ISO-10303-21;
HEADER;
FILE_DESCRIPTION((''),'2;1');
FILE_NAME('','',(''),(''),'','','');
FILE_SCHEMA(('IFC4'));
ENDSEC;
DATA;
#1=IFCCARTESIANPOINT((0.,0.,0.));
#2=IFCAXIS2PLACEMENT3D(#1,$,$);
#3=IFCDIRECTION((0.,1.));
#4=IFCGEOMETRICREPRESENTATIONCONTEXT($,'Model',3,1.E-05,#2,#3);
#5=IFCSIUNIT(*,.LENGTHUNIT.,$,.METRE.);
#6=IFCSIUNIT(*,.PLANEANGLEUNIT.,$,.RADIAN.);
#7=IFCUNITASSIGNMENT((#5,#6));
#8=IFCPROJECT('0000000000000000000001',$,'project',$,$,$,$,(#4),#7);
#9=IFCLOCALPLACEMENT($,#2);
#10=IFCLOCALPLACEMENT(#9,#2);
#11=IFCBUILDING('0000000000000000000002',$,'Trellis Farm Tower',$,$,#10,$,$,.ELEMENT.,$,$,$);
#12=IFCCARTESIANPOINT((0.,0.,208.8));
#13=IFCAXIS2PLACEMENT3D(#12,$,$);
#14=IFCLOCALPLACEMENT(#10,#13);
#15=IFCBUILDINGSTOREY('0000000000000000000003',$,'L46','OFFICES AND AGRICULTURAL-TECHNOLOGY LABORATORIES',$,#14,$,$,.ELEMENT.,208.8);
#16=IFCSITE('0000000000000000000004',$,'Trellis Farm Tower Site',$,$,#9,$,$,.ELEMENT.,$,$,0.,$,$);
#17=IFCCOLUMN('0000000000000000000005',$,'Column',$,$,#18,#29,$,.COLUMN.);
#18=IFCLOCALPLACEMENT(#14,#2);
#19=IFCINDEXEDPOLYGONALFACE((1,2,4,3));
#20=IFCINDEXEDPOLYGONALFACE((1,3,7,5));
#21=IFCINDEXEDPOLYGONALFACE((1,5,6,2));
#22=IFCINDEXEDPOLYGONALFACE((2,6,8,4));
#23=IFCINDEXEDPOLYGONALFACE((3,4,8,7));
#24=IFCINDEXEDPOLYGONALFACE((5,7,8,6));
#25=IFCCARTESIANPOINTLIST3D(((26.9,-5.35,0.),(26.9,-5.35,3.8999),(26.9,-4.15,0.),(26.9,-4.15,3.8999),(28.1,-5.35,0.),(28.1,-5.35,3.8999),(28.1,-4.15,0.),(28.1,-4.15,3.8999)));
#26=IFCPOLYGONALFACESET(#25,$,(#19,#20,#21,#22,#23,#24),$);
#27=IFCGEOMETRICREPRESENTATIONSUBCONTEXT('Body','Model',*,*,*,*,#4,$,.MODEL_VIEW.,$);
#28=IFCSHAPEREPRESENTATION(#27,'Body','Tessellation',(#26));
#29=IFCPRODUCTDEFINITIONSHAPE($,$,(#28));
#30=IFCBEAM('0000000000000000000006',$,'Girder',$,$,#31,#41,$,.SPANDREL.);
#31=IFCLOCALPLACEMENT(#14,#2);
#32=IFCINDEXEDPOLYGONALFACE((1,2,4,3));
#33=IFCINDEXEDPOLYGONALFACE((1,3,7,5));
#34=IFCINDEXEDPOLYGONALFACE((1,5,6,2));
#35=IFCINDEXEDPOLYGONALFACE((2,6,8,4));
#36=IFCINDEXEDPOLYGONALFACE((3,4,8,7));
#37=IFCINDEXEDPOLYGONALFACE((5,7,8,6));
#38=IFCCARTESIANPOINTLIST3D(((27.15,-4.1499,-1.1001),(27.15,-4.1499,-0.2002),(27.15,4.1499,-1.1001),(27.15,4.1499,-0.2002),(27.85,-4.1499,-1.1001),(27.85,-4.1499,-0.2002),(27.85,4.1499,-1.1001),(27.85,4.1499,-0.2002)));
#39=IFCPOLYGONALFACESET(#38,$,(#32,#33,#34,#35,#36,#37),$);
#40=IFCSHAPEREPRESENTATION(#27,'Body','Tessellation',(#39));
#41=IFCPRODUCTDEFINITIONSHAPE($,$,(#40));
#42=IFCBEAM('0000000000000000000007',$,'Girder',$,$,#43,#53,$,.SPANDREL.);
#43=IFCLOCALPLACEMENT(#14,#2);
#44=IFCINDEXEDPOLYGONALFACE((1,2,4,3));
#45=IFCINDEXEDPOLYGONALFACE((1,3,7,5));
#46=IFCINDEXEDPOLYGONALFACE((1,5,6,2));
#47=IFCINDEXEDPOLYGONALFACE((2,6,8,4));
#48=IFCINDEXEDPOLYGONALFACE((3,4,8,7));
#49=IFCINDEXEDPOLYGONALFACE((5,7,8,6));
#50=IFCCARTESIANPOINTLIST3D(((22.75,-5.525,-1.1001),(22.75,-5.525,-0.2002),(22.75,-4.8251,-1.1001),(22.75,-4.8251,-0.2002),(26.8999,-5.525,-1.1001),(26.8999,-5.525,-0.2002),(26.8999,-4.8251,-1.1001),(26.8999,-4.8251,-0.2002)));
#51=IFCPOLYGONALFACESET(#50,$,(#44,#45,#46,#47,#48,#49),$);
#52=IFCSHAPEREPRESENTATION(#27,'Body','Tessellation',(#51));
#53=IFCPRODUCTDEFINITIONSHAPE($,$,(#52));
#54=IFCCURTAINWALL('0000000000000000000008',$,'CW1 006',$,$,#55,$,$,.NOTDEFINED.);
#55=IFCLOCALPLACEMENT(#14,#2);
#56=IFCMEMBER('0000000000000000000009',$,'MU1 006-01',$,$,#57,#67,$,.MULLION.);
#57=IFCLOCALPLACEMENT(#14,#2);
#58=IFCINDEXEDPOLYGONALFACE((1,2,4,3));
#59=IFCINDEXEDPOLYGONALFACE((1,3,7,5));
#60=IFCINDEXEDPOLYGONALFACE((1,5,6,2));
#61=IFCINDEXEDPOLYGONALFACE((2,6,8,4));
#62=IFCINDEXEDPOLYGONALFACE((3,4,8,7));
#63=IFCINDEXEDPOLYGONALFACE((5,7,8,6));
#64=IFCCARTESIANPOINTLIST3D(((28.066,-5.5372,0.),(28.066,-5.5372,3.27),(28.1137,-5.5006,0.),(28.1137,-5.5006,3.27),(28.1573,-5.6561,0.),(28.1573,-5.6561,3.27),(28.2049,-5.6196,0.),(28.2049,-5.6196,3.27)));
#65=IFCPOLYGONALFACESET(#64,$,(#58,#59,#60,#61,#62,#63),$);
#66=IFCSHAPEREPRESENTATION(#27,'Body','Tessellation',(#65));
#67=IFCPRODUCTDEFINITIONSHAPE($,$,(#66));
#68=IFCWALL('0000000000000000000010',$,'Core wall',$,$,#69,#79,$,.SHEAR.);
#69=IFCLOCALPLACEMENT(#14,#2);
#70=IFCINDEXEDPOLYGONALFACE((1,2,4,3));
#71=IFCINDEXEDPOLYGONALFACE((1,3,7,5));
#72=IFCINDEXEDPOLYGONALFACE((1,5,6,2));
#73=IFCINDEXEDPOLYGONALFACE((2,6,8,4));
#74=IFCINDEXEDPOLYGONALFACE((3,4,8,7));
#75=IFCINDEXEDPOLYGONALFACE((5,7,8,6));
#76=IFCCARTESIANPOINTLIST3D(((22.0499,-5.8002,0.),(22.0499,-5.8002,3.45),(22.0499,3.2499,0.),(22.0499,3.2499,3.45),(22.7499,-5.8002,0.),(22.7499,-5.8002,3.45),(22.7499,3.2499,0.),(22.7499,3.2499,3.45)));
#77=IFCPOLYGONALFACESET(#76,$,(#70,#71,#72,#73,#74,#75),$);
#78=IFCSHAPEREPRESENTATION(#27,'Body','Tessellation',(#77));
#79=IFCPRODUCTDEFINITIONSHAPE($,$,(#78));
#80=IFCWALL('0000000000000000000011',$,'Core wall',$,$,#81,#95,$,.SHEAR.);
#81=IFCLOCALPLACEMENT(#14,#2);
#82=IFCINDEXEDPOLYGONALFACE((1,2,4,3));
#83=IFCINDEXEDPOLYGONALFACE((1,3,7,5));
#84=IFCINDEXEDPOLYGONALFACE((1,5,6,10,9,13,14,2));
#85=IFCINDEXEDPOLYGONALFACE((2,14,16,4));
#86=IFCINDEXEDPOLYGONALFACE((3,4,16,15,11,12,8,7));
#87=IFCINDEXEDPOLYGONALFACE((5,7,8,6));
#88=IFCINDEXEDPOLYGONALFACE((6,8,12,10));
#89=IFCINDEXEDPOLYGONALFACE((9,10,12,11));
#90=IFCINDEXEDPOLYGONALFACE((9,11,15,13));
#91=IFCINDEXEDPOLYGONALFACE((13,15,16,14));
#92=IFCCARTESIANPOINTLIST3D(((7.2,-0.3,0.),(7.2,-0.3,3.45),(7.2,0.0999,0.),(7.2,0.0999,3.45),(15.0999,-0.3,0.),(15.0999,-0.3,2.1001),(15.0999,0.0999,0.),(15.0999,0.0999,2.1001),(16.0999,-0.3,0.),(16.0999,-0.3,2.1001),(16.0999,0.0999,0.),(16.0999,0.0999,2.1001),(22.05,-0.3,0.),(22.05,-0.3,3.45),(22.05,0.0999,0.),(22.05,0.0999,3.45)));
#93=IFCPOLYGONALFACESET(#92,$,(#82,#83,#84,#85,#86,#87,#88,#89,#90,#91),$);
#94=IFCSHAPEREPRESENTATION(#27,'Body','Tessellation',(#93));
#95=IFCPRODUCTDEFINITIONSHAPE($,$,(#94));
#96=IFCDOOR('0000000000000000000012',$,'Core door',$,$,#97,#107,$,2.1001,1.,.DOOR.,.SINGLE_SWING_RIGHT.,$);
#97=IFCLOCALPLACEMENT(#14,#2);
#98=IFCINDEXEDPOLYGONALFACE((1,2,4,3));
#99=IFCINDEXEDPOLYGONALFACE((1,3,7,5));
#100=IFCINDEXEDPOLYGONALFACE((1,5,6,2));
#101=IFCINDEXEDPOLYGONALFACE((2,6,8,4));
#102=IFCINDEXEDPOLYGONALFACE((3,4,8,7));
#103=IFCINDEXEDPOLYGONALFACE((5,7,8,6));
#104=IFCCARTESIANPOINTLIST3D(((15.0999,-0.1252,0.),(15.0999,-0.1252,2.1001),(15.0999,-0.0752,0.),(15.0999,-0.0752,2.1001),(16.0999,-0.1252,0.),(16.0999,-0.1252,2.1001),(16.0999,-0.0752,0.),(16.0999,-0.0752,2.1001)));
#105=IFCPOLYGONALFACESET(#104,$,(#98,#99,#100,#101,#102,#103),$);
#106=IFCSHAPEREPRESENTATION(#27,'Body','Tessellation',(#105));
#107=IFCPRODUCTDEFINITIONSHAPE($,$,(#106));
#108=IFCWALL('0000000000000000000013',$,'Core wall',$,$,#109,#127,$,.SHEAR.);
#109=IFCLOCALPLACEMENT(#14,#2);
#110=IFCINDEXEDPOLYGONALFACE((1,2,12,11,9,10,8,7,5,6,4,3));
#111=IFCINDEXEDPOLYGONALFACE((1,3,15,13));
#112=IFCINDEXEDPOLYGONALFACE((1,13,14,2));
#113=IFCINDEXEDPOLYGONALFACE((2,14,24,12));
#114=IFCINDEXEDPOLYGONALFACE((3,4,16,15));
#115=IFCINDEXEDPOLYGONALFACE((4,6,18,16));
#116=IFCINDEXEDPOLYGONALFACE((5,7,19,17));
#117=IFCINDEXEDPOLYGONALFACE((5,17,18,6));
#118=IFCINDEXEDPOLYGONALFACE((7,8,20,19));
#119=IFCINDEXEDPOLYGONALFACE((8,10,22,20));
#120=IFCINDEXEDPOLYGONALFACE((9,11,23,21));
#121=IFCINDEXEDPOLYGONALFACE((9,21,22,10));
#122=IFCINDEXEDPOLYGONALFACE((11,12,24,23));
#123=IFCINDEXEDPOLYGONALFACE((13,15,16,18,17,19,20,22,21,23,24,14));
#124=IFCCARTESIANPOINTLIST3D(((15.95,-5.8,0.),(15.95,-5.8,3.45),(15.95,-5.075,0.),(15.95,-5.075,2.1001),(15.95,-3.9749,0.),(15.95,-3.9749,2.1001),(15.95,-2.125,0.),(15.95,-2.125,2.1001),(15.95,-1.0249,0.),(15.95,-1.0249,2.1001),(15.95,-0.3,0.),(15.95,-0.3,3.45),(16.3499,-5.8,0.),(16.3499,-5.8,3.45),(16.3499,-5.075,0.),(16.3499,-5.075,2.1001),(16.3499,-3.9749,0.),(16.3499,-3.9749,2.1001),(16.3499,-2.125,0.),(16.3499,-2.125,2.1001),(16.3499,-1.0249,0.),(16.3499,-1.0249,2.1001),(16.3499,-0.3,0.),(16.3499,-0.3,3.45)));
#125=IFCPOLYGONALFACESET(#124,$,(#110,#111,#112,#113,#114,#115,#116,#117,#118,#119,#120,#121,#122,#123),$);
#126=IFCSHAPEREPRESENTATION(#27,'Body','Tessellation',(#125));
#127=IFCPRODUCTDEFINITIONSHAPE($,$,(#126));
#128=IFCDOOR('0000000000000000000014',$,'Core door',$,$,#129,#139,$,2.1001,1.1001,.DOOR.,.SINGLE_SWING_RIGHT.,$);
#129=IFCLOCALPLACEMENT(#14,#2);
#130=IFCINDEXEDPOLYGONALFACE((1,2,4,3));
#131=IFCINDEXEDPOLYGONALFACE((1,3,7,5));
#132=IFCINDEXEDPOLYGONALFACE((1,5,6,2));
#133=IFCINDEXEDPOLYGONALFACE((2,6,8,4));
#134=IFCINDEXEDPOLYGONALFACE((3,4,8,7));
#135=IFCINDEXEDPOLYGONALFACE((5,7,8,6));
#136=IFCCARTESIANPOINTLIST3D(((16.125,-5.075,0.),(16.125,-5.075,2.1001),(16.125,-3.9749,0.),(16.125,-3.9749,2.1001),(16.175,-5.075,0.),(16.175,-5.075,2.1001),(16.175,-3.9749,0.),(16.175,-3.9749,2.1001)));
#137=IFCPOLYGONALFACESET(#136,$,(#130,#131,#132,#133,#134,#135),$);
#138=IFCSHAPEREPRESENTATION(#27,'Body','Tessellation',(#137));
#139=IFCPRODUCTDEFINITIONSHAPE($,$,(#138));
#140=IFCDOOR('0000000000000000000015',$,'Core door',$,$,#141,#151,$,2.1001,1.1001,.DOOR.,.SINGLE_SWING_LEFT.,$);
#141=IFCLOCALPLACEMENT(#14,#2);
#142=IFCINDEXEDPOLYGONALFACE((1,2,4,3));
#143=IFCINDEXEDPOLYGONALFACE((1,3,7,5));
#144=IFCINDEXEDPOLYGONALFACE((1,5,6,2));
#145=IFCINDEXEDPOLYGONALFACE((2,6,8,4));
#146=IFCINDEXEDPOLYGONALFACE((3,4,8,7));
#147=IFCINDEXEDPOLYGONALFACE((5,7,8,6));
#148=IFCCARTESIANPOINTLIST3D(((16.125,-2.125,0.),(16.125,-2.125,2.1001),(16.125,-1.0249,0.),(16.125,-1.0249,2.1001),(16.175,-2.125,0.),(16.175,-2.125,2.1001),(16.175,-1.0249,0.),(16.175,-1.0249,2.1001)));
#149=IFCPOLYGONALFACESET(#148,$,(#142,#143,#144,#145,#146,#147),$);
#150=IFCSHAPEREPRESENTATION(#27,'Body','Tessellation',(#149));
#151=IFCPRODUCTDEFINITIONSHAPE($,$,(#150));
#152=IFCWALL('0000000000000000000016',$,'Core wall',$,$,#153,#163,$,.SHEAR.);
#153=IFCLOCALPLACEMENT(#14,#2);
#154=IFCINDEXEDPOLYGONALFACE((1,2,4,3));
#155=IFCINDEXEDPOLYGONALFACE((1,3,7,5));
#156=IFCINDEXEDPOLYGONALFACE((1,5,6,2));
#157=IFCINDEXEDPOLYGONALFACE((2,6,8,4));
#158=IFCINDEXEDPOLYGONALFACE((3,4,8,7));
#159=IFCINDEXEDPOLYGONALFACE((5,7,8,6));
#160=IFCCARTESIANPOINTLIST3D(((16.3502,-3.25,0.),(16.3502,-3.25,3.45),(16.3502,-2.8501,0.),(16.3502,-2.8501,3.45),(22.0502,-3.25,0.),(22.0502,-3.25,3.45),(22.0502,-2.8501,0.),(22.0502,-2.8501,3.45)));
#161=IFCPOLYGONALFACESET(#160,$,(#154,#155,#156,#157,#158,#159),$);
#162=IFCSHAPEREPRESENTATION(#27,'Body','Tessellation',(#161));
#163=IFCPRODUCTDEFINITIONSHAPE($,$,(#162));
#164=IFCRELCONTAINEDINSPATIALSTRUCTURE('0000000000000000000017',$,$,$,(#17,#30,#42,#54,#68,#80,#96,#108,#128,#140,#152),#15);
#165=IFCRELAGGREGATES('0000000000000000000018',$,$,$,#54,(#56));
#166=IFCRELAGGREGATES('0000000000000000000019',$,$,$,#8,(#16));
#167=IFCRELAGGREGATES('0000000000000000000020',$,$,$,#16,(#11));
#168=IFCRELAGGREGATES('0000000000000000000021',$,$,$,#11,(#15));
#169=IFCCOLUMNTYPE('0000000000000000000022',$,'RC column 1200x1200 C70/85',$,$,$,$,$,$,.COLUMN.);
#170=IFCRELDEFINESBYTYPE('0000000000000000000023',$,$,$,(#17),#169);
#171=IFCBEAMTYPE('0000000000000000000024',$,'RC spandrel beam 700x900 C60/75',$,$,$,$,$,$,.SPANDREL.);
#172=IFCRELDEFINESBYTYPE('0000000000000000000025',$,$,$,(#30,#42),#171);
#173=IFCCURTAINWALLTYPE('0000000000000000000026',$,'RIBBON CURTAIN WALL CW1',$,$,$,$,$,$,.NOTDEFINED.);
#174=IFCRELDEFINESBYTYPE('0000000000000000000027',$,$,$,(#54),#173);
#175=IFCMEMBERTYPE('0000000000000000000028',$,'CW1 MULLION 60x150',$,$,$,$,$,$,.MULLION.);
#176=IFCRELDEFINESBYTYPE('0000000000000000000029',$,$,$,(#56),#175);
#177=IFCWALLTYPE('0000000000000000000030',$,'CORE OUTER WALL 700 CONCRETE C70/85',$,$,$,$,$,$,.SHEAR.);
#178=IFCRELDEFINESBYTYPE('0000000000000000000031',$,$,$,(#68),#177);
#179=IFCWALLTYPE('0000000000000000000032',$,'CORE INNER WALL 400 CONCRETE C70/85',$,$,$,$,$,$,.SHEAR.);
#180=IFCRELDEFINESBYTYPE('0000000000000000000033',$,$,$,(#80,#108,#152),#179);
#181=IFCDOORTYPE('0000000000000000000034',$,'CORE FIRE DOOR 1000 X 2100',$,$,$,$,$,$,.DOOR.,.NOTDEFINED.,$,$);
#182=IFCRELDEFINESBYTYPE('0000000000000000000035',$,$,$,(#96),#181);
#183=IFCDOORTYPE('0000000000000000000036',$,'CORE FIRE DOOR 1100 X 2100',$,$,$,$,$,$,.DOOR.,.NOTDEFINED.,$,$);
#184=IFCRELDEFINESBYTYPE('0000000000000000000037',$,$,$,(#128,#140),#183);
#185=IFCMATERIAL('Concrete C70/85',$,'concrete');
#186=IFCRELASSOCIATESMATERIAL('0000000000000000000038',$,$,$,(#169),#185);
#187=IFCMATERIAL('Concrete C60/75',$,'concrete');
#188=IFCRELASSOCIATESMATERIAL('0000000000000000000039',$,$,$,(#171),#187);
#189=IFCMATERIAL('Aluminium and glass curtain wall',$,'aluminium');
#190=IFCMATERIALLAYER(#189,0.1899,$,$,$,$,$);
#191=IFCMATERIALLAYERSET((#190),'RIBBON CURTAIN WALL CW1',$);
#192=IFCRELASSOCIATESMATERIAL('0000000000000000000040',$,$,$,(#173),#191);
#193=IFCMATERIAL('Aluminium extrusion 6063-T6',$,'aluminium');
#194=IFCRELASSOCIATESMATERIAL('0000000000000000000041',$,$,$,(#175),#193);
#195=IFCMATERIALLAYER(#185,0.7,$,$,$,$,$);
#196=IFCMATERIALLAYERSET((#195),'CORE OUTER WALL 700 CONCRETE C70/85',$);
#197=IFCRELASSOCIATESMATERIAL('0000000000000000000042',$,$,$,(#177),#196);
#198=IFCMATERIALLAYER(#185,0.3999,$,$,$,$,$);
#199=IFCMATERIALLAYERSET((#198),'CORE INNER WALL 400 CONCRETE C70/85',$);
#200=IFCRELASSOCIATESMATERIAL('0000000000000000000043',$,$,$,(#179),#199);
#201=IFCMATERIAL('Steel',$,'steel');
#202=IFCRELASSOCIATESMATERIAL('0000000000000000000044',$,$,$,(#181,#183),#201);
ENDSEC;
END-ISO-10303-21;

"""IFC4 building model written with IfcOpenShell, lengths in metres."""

from ifc_helpers import new_model, si_unit, direction, frame, frame_2d, origin, origin_2d, place, context, subcontext, project, spatial, rectangle, extrude, source, transform, mapped, material, layer, layer_set, material_profile, profile_set, type_object, element, fill, aggregate, save


model = new_model("IFC4")

# Units and contexts
model_context = context("Model", 3, precision=1e-05, world=origin(), true_north=direction((0.0, 1.0)))
body_context = subcontext(model_context, "Body", "Model", "MODEL_VIEW")
ifc_project = project(units=[si_unit("LENGTHUNIT", "METRE"), si_unit("PLANEANGLEUNIT", "RADIAN")], contexts=[model_context])

# Site, building, storey
site_placement = place(None, origin())
site = spatial("IfcSite", under=ifc_project, at=site_placement, Name="Trellis Farm Tower Site", CompositionType="ELEMENT", RefElevation=0.0)
building_placement = place(site_placement, origin())
building = spatial("IfcBuilding", under=site, at=building_placement, Name="Trellis Farm Tower", CompositionType="ELEMENT")
storey_placement = place(building_placement, frame((0.0, 0.0, 208.8)))
storey = spatial("IfcBuildingStorey", under=building, at=storey_placement, Name="L46", Description="OFFICES AND AGRICULTURAL-TECHNOLOGY LABORATORIES", CompositionType="ELEMENT", Elevation=208.8)

# Column
ifc_material_1 = material(Name="Concrete C70/85", Category="concrete")
ifc_material_profile_1 = material_profile(ifc_material_1, rectangle(XDim=1.2, YDim=1.2, at=origin_2d()), Name="RC column 1200x1200 C70/85")
ifc_profile_set_1 = profile_set([ifc_material_profile_1], Name="Concrete C70/85")
column_type = type_object("IfcColumnType", Name="RC column 1200x1200 C70/85", PredefinedType="COLUMN", material=ifc_profile_set_1)
shared_shape_1 = source(origin(), body_context, "Body", "SweptSolid", [
    extrude(rectangle(XDim=1.2, YDim=1.2, at=origin_2d()), origin(), (0.0, 0.0, 1.0), 3.8999),
])
column_placement = place(storey_placement, frame((27.5, -4.75, 0.0), z_axis=(0.0, 0.0, 1.0), x_axis=(1.0, 0.0, 0.0)))
element("IfcColumn", 1, at=column_placement, inside=storey, type_object=column_type, Name="Column", PredefinedType="COLUMN", context=body_context, shape_type="MappedRepresentation", body=[
    mapped(shared_shape_1, transform((0.0, 0.0, 0.0))),
])

# Beams
ifc_material_2 = material(Name="Concrete C60/75", Category="concrete")
ifc_material_profile_2 = material_profile(ifc_material_2, rectangle(XDim=0.7, YDim=0.8999, at=origin_2d()), Name="RC spandrel beam 700x900 C60/75")
ifc_profile_set_2 = profile_set([ifc_material_profile_2], Name="Concrete C60/75")
beam_type = type_object("IfcBeamType", Name="RC spandrel beam 700x900 C60/75", PredefinedType="SPANDREL", material=ifc_profile_set_2)
shared_shape_2 = source(origin(), body_context, "Body", "SweptSolid", [
    extrude(rectangle(XDim=0.7, YDim=0.8999, at=origin_2d()), origin(), (0.0, 0.0, 1.0), 8.2998),
])
beam_1_placement = place(storey_placement, frame((27.5, -4.1499, -0.6501), z_axis=(0.0, 1.0, 0.0), x_axis=(-1.0, 0.0, 0.0)))
element("IfcBeam", 2, at=beam_1_placement, inside=storey, type_object=beam_type, Name="Girder", PredefinedType="SPANDREL", context=body_context, shape_type="MappedRepresentation", body=[
    mapped(shared_shape_2, transform((0.0, 0.0, 0.0))),
])
shared_shape_3 = source(origin(), body_context, "Body", "SweptSolid", [
    extrude(rectangle(XDim=0.7, YDim=0.8999, at=origin_2d()), origin(), (0.0, 0.0, 1.0), 4.1499),
])
beam_2_placement = place(storey_placement, frame((22.75, -5.175, -0.6501), z_axis=(1.0, 0.0, 0.0), x_axis=(0.0, 1.0, 0.0)))
element("IfcBeam", 3, at=beam_2_placement, inside=storey, type_object=beam_type, Name="Girder", PredefinedType="SPANDREL", context=body_context, shape_type="MappedRepresentation", body=[
    mapped(shared_shape_3, transform((0.0, 0.0, 0.0))),
])

# Curtain wall, member
ifc_material_3 = material(Name="Aluminium and glass curtain wall", Category="aluminium")
ifc_layer_1 = layer(ifc_material_3, 0.1899)
ifc_layer_set_1 = layer_set([ifc_layer_1], Name="RIBBON CURTAIN WALL CW1")
curtain_wall_type = type_object("IfcCurtainWallType", Name="RIBBON CURTAIN WALL CW1", PredefinedType="NOTDEFINED", material=ifc_layer_set_1)
placement = place(storey_placement, origin())
curtain_wall = element("IfcCurtainWall", 4, at=placement, inside=storey, type_object=curtain_wall_type, Name="CW1 006", PredefinedType="NOTDEFINED")
ifc_material_4 = material(Name="Aluminium extrusion 6063-T6", Category="aluminium")
ifc_material_profile_3 = material_profile(ifc_material_4, rectangle(XDim=0.0601, YDim=0.1499, at=origin_2d()), Name="MULLION 60x150")
ifc_profile_set_3 = profile_set([ifc_material_profile_3], Name="Aluminium extrusion 6063-T6")
member_type = type_object("IfcMemberType", Name="CW1 MULLION 60x150", PredefinedType="MULLION", material=ifc_profile_set_3)
shared_shape_4 = source(origin(), body_context, "Body", "SweptSolid", [
    extrude(rectangle(XDim=0.0601, YDim=0.1499, at=origin_2d()), origin(), (0.0, 0.0, 1.0), 3.27),
])
member_placement = place(storey_placement, frame((28.1355, -5.5784, 0.0), z_axis=(0.0, 0.0, 1.0), x_axis=(0.793353, 0.608761, 0.0)))
member = element("IfcMember", 5, at=member_placement, type_object=member_type, Name="MU1 006-01", PredefinedType="MULLION", context=body_context, shape_type="MappedRepresentation", body=[
    mapped(shared_shape_4, transform((0.0, 0.0, 0.0))),
])
aggregate(curtain_wall, [member])

# Wall
ifc_layer_2 = layer(ifc_material_1, 0.7)
ifc_layer_set_2 = layer_set([ifc_layer_2], Name="CORE OUTER WALL 700 CONCRETE C70/85")
wall_type_1 = type_object("IfcWallType", Name="CORE OUTER WALL 700 CONCRETE C70/85", PredefinedType="SHEAR", material=ifc_layer_set_2)
shared_shape_5 = source(origin(), body_context, "Body", "SweptSolid", [
    extrude(rectangle(XDim=9.05, YDim=0.7, at=frame_2d((4.5249, 0.0))), origin(), (0.0, 0.0, 1.0), 3.45),
])
wall_1_placement = place(storey_placement, frame((22.3999, -5.8, 0.0), z_axis=(0.0, 0.0, 1.0), x_axis=(0.0, 1.0, 0.0)))
element("IfcWall", 6, at=wall_1_placement, inside=storey, type_object=wall_type_1, Name="Core wall", PredefinedType="SHEAR", context=body_context, shape_type="MappedRepresentation", body=[
    mapped(shared_shape_5, transform((0.0, 0.0, 0.0))),
])

# Wall, opening, door
ifc_layer_3 = layer(ifc_material_1, 0.3999)
ifc_layer_set_3 = layer_set([ifc_layer_3], Name="CORE INNER WALL 400 CONCRETE C70/85")
wall_type_2 = type_object("IfcWallType", Name="CORE INNER WALL 400 CONCRETE C70/85", PredefinedType="SHEAR", material=ifc_layer_set_3)
shared_shape_6 = source(origin(), body_context, "Body", "SweptSolid", [
    extrude(rectangle(XDim=14.8501, YDim=0.3999, at=frame_2d((7.425, 0.0))), origin(), (0.0, 0.0, 1.0), 3.45),
])
wall_2_placement = place(storey_placement, frame((7.2, -0.1001, 0.0), z_axis=(0.0, 0.0, 1.0), x_axis=(1.0, 0.0, 0.0)))
wall_2 = element("IfcWall", 7, at=wall_2_placement, inside=storey, type_object=wall_type_2, Name="Core wall", PredefinedType="SHEAR", context=body_context, shape_type="MappedRepresentation", body=[
    mapped(shared_shape_6, transform((0.0, 0.0, 0.0))),
])
shared_shape_7 = source(origin(), body_context, "Body", "SweptSolid", [
    extrude(rectangle(XDim=1.0, YDim=2.1001, at=frame_2d((0.5, 1.05))), frame((0.0, 0.21, 0.0), z_axis=(0.0, -1.0, 0.0), x_axis=(1.0, 0.0, 0.0)), (0.0, 0.0, 1.0), 0.4199),
])
opening_1_placement = place(wall_2_placement, frame((7.8999, 0.0, 0.0)))
opening_1 = element("IfcOpeningElement", 8, at=opening_1_placement, cuts=wall_2, PredefinedType="OPENING", context=body_context, shape_type="MappedRepresentation", body=[
    mapped(shared_shape_7, transform((0.0, 0.0, 0.0))),
])
ifc_material_5 = material(Name="Steel", Category="steel")
door_type_1 = type_object("IfcDoorType", Name="CORE FIRE DOOR 1000 X 2100", OperationType="NOTDEFINED", PredefinedType="DOOR", material=ifc_material_5)
shared_shape_8 = source(origin(), body_context, "Body", "SweptSolid", [
    extrude(rectangle(XDim=1.0, YDim=2.1001, at=frame_2d((0.5, 1.05))), frame((0.0, 0.0249, 0.0), z_axis=(0.0, -1.0, 0.0), x_axis=(1.0, 0.0, 0.0)), (0.0, 0.0, 1.0), 0.05),
])
door_1_placement = place(opening_1_placement, origin())
door_1 = element("IfcDoor", 9, at=door_1_placement, inside=storey, type_object=door_type_1, Name="Core door", OperationType="SINGLE_SWING_RIGHT", OverallHeight=2.1001, OverallWidth=1.0, PredefinedType="DOOR", context=body_context, shape_type="MappedRepresentation", body=[
    mapped(shared_shape_8, transform((0.0, 0.0, 0.0))),
])
fill(opening_1, door_1)

# Wall, openings, doors
shared_shape_9 = source(origin(), body_context, "Body", "SweptSolid", [
    extrude(rectangle(XDim=5.5, YDim=0.3999, at=frame_2d((2.75, 0.0))), origin(), (0.0, 0.0, 1.0), 3.45),
])
wall_3_placement = place(storey_placement, frame((16.1499, -5.8, 0.0), z_axis=(0.0, 0.0, 1.0), x_axis=(0.0, 1.0, 0.0)))
wall_3 = element("IfcWall", 10, at=wall_3_placement, inside=storey, type_object=wall_type_2, Name="Core wall", PredefinedType="SHEAR", context=body_context, shape_type="MappedRepresentation", body=[
    mapped(shared_shape_9, transform((0.0, 0.0, 0.0))),
])
shared_shape_10 = source(origin(), body_context, "Body", "SweptSolid", [
    extrude(rectangle(XDim=1.1001, YDim=2.1001, at=frame_2d((0.55, 1.05))), frame((0.0, 0.21, 0.0), z_axis=(0.0, -1.0, 0.0), x_axis=(1.0, 0.0, 0.0)), (0.0, 0.0, 1.0), 0.4199),
])
opening_2_placement = place(wall_3_placement, frame((0.7251, 0.0, 0.0)))
opening_2 = element("IfcOpeningElement", 11, at=opening_2_placement, cuts=wall_3, PredefinedType="OPENING", context=body_context, shape_type="MappedRepresentation", body=[
    mapped(shared_shape_10, transform((0.0, 0.0, 0.0))),
])
opening_3_placement = place(wall_3_placement, frame((3.675, 0.0, 0.0)))
opening_3 = element("IfcOpeningElement", 12, at=opening_3_placement, cuts=wall_3, PredefinedType="OPENING", context=body_context, shape_type="MappedRepresentation", body=[
    mapped(shared_shape_10, transform((0.0, 0.0, 0.0))),
])
door_type_2 = type_object("IfcDoorType", Name="CORE FIRE DOOR 1100 X 2100", OperationType="NOTDEFINED", PredefinedType="DOOR", material=ifc_material_5)
shared_shape_11 = source(origin(), body_context, "Body", "SweptSolid", [
    extrude(rectangle(XDim=1.1001, YDim=2.1001, at=frame_2d((0.55, 1.05))), frame((0.0, 0.0249, 0.0), z_axis=(0.0, -1.0, 0.0), x_axis=(1.0, 0.0, 0.0)), (0.0, 0.0, 1.0), 0.05),
])
door_2_placement = place(opening_2_placement, origin())
door_2 = element("IfcDoor", 13, at=door_2_placement, inside=storey, type_object=door_type_2, Name="Core door", OperationType="SINGLE_SWING_RIGHT", OverallHeight=2.1001, OverallWidth=1.1001, PredefinedType="DOOR", context=body_context, shape_type="MappedRepresentation", body=[
    mapped(shared_shape_11, transform((0.0, 0.0, 0.0))),
])
fill(opening_2, door_2)
door_3_placement = place(opening_3_placement, origin())
door_3 = element("IfcDoor", 14, at=door_3_placement, inside=storey, type_object=door_type_2, Name="Core door", OperationType="SINGLE_SWING_LEFT", OverallHeight=2.1001, OverallWidth=1.1001, PredefinedType="DOOR", context=body_context, shape_type="MappedRepresentation", body=[
    mapped(shared_shape_11, transform((0.0, 0.0, 0.0))),
])
fill(opening_3, door_3)

# Wall
shared_shape_12 = source(origin(), body_context, "Body", "SweptSolid", [
    extrude(rectangle(XDim=5.7, YDim=0.3999, at=frame_2d((2.8501, 0.0))), origin(), (0.0, 0.0, 1.0), 3.45),
])
wall_4_placement = place(storey_placement, frame((16.3501, -3.05, 0.0), z_axis=(0.0, 0.0, 1.0), x_axis=(1.0, 0.0, 0.0)))
element("IfcWall", 15, at=wall_4_placement, inside=storey, type_object=wall_type_2, Name="Core wall", PredefinedType="SHEAR", context=body_context, shape_type="MappedRepresentation", body=[
    mapped(shared_shape_12, transform((0.0, 0.0, 0.0))),
])

save(model, "model.ifc")
